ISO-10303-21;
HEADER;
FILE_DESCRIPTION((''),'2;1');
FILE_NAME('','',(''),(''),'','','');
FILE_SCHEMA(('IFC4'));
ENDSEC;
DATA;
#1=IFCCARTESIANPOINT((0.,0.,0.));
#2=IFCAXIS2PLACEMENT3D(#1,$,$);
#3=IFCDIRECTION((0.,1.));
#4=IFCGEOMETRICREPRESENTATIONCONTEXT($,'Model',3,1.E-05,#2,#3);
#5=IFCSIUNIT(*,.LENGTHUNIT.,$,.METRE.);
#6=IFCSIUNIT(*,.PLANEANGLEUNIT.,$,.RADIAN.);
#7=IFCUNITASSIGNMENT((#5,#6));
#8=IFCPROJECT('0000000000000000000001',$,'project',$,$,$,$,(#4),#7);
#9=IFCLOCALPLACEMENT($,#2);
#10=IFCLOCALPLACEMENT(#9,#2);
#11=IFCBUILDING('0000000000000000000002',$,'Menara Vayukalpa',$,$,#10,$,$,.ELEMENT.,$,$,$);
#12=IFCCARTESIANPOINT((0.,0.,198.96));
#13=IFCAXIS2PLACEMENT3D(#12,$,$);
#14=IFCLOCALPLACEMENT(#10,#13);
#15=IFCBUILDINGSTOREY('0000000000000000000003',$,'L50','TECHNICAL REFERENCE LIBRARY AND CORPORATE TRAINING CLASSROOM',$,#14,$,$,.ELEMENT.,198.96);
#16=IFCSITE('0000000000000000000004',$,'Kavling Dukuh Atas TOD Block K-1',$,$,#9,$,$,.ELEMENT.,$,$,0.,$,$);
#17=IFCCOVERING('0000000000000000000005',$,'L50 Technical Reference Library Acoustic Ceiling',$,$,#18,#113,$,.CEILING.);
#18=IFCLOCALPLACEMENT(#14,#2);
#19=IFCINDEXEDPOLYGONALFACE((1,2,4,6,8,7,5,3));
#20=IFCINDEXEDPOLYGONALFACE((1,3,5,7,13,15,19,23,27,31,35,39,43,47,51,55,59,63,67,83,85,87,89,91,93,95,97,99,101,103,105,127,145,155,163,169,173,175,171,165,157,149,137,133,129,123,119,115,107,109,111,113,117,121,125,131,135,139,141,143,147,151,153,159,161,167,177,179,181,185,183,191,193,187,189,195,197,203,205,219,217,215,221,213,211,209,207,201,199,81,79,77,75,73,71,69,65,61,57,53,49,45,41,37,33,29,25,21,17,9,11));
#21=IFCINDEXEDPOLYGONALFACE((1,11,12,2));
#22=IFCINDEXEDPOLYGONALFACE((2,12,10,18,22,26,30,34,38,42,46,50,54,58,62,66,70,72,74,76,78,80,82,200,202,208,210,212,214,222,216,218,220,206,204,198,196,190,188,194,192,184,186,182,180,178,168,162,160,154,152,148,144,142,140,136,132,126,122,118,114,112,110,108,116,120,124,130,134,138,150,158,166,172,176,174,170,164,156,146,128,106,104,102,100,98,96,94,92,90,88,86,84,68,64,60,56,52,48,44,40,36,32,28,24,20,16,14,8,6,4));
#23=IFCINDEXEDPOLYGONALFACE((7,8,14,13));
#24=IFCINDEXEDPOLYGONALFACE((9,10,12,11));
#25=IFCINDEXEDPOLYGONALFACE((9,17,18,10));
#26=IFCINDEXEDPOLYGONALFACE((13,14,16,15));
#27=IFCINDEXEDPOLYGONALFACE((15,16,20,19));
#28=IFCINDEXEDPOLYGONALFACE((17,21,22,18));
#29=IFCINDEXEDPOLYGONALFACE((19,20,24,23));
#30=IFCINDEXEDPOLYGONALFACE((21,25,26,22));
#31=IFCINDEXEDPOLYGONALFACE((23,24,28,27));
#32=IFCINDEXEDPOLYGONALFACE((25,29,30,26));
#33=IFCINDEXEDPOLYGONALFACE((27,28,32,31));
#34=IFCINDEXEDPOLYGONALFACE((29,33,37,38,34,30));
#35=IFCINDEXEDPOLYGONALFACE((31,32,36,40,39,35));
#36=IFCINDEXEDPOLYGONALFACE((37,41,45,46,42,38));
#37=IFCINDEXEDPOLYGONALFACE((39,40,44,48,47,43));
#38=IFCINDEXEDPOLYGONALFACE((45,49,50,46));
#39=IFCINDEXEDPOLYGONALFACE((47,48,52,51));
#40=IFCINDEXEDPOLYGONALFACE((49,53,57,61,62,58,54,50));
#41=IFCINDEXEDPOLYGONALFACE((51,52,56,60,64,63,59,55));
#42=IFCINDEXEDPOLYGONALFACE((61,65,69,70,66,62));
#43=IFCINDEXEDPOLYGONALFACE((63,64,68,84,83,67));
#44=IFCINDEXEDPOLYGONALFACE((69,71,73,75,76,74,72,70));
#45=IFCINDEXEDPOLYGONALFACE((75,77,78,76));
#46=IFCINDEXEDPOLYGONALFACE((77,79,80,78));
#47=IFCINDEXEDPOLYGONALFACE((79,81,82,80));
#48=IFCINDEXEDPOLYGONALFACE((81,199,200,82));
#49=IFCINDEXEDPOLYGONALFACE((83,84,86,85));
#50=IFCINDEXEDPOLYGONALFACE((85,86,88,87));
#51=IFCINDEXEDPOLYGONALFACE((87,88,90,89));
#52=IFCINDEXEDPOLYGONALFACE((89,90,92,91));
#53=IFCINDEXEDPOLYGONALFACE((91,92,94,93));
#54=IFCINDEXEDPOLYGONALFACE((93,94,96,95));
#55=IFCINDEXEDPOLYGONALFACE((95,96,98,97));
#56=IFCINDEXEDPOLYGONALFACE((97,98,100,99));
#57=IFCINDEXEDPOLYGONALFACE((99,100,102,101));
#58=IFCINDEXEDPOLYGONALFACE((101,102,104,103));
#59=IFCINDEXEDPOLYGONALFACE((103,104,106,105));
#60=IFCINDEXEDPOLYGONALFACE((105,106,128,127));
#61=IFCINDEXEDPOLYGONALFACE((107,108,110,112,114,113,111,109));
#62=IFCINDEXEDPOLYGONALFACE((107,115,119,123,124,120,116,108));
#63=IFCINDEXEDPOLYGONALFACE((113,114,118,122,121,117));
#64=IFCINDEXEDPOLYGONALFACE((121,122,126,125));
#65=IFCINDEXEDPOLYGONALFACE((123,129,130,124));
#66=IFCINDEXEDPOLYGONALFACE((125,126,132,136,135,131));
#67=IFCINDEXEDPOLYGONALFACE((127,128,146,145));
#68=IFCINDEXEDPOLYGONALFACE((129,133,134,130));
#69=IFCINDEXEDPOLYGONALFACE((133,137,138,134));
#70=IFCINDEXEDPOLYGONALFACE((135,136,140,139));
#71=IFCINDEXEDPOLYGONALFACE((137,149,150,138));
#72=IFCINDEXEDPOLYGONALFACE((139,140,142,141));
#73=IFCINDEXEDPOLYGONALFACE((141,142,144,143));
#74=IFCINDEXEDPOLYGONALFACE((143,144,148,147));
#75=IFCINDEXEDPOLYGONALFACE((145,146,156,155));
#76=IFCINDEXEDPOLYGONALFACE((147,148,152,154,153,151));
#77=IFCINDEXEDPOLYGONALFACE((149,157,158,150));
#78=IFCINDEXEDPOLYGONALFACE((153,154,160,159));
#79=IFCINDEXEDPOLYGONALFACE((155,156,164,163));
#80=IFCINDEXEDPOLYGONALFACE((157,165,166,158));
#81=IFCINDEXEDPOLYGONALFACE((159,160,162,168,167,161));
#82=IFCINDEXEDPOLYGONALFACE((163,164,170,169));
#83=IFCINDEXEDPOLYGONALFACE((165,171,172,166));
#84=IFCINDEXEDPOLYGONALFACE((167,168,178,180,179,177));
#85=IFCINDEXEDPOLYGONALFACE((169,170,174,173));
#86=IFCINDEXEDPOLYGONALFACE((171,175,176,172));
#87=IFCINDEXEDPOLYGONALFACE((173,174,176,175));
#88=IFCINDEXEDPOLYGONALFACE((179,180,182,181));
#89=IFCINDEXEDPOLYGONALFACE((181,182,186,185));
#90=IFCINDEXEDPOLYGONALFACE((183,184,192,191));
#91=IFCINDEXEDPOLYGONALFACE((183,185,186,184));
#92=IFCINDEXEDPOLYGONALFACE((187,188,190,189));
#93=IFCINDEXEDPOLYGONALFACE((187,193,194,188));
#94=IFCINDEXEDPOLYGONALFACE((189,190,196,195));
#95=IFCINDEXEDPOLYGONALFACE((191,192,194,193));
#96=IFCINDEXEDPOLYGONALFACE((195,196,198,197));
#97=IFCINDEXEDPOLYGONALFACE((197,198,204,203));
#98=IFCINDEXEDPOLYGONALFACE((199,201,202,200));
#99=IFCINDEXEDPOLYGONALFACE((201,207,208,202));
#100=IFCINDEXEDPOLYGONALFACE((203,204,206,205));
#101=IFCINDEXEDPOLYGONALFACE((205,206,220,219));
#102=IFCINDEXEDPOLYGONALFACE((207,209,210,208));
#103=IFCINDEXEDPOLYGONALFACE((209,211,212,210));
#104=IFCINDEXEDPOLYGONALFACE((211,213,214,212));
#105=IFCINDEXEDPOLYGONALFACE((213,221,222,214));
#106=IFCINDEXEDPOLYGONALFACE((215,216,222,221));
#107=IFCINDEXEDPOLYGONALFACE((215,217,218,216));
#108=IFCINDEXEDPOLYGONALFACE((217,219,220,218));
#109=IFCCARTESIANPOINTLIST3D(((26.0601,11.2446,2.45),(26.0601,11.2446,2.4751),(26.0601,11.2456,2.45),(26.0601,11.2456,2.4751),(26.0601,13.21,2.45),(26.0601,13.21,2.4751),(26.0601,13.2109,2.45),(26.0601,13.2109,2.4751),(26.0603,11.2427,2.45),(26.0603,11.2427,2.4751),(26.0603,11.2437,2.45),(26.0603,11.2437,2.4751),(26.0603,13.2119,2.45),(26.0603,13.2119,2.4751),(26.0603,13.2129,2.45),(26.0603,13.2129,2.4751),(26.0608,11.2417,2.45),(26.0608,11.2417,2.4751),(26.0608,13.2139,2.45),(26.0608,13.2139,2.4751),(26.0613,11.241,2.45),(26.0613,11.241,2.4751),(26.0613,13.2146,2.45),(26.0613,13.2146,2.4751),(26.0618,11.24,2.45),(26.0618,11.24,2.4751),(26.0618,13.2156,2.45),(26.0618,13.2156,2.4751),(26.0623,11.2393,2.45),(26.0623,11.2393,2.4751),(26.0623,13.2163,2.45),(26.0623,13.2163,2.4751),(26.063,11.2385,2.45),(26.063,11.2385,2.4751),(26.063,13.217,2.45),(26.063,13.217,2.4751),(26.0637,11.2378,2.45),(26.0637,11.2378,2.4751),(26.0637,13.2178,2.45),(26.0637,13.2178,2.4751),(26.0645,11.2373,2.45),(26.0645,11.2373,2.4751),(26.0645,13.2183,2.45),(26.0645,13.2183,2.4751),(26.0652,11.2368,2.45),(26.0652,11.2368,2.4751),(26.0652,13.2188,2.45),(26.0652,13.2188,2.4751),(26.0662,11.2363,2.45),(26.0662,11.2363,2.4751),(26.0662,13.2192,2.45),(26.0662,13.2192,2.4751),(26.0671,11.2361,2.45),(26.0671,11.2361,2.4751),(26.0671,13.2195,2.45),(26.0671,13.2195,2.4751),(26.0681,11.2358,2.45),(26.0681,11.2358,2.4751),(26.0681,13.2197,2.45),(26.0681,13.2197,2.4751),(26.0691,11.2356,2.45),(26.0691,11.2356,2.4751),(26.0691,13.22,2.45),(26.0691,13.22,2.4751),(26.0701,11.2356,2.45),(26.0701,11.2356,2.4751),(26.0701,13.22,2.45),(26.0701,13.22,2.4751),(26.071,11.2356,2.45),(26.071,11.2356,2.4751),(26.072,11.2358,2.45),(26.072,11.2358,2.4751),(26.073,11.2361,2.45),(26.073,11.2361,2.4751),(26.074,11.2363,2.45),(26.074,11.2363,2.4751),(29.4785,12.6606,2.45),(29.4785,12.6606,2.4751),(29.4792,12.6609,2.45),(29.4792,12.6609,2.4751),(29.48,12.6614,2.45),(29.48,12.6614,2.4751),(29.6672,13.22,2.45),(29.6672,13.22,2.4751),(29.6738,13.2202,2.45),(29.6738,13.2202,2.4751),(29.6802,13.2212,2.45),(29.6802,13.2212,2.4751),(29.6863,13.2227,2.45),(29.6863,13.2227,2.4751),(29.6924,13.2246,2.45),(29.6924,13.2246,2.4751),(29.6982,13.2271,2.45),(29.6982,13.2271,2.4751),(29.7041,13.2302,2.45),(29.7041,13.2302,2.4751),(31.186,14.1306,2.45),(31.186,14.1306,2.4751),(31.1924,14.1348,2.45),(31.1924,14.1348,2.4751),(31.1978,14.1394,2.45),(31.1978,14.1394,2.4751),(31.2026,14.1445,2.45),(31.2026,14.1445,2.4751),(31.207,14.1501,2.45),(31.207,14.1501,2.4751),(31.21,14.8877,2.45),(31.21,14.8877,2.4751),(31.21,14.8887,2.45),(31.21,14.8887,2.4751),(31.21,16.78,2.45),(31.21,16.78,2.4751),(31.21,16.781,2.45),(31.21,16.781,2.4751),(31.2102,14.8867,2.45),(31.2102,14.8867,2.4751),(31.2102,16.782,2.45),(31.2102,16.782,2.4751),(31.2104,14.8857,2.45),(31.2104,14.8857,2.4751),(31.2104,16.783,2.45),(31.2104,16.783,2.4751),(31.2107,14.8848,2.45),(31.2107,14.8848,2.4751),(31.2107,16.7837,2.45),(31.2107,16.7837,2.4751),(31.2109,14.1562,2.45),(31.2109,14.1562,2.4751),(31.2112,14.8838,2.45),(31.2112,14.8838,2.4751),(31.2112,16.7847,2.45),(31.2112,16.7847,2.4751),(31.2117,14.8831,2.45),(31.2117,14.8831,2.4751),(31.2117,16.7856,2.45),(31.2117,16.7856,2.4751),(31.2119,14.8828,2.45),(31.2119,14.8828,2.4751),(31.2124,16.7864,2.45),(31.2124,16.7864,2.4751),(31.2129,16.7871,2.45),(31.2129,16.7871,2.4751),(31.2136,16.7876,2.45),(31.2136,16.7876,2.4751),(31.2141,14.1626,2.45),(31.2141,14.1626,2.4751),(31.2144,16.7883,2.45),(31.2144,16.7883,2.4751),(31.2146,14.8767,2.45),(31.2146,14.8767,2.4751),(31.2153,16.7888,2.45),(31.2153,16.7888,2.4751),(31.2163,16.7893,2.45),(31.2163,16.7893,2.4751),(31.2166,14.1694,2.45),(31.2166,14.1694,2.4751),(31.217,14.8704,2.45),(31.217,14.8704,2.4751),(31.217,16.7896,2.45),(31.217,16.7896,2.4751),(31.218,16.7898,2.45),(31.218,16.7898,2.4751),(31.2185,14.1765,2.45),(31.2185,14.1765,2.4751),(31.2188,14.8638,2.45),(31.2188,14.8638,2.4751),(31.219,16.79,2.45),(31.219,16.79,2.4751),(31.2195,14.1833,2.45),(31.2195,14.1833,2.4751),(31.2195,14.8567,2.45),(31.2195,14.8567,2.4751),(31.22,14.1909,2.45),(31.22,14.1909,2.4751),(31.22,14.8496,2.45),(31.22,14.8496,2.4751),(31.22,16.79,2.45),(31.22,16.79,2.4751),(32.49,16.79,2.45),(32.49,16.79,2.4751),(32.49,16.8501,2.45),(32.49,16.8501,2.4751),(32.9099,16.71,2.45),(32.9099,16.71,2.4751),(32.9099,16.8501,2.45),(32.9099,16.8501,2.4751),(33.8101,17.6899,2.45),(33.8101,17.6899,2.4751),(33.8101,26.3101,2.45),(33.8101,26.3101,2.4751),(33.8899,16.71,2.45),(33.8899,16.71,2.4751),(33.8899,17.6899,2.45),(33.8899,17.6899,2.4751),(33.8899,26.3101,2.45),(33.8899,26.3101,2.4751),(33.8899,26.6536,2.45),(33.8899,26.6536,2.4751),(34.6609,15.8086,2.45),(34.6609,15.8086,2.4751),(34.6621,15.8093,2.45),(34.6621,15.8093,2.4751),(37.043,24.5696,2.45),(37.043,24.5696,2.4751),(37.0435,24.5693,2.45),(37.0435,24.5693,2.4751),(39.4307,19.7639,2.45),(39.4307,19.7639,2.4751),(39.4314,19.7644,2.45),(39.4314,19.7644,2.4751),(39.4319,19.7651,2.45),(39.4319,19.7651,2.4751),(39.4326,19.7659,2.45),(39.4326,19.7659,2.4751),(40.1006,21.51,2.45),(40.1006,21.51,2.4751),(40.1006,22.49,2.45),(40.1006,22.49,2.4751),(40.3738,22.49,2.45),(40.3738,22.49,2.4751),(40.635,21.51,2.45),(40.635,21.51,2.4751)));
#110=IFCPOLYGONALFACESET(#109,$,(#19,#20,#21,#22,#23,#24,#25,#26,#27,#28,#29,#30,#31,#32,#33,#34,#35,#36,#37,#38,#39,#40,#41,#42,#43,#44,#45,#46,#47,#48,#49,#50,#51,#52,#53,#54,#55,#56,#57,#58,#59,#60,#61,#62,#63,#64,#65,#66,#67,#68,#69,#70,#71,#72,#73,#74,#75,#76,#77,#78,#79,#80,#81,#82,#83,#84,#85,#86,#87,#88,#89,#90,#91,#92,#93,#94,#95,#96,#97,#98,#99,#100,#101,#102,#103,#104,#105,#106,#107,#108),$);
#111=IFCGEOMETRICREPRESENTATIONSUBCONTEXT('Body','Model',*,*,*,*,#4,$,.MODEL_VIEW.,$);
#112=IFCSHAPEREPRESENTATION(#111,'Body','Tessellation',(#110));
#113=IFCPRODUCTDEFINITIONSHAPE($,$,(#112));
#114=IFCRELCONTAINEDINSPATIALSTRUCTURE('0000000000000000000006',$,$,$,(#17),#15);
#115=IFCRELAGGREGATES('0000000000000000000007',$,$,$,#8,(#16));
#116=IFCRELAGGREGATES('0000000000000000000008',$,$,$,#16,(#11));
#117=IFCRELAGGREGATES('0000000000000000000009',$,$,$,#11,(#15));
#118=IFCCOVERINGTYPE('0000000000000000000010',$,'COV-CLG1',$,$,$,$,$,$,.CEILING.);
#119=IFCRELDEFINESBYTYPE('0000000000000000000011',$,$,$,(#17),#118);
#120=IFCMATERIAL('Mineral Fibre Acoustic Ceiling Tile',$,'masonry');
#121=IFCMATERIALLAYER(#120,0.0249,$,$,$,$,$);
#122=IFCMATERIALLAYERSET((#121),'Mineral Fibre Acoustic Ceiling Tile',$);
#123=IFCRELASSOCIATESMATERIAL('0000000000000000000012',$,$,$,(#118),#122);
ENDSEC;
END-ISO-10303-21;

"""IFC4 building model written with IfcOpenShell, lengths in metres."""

from ifc_helpers import new_model, si_unit, direction, frame, origin, place, context, subcontext, project, spatial, polyline, outline, extrude, material, layer, layer_set, type_object, element, save


model = new_model("IFC4")

# Units and contexts
model_context = context("Model", 3, precision=1e-05, world=origin(), true_north=direction((0.0, 1.0)))
body_context = subcontext(model_context, "Body", "Model", "MODEL_VIEW")
ifc_project = project(units=[si_unit("LENGTHUNIT", "METRE"), si_unit("PLANEANGLEUNIT", "RADIAN")], contexts=[model_context])

# Site, building, storey
site_placement = place(None, origin())
site = spatial("IfcSite", under=ifc_project, at=site_placement, Name="Kavling Dukuh Atas TOD Block K-1", CompositionType="ELEMENT", RefElevation=0.0)
building_placement = place(site_placement, origin())
building = spatial("IfcBuilding", under=site, at=building_placement, Name="Menara Vayukalpa", CompositionType="ELEMENT")
storey_placement = place(building_placement, frame((0.0, 0.0, 198.96)))
storey = spatial("IfcBuildingStorey", under=building, at=storey_placement, Name="L50", Description="TECHNICAL REFERENCE LIBRARY AND CORPORATE TRAINING CLASSROOM", CompositionType="ELEMENT", Elevation=198.96)

# Covering
ifc_material_1 = material(Name="Mineral Fibre Acoustic Ceiling Tile", Category="masonry")
ifc_layer_1 = layer(ifc_material_1, 0.0249)
ifc_layer_set_1 = layer_set([ifc_layer_1], Name="Mineral Fibre Acoustic Ceiling Tile")
covering_type_1 = type_object("IfcCoveringType", Name="COV-CLG1", PredefinedType="CEILING", material=ifc_layer_set_1)
covering_1_placement = place(storey_placement, frame((0.0, 0.0, 2.45)))
element("IfcCovering", 1, at=covering_1_placement, inside=storey, type_object=covering_type_1, Name="L50 Technical Reference Library Acoustic Ceiling", PredefinedType="CEILING", context=body_context, shape_type="SweptSolid", body=[
    extrude(outline(polyline([(33.8101, 26.3101), (33.8899, 26.3101), (33.8899, 26.6536), (37.043, 24.5696), (37.0435, 24.5693), (37.0435, 24.5693), (40.3738, 22.49), (40.1006, 22.49), (40.1006, 21.51), (40.635, 21.51), (39.4326, 19.7659), (39.4319, 19.7651), (39.4314, 19.7644), (39.4307, 19.7639), (34.6621, 15.8093), (34.6609, 15.8086), (29.48, 12.6614), (29.4792, 12.6609), (29.4785, 12.6606), (26.074, 11.2363), (26.073, 11.2361), (26.072, 11.2358), (26.071, 11.2356), (26.0701, 11.2356), (26.0691, 11.2356), (26.0681, 11.2358), (26.0671, 11.2361), (26.0662, 11.2363), (26.0652, 11.2368), (26.0645, 11.2373), (26.0637, 11.2378), (26.063, 11.2385), (26.0623, 11.2393), (26.0618, 11.24), (26.0613, 11.241), (26.0608, 11.2417), (26.0603, 11.2427), (26.0603, 11.2437), (26.0601, 11.2446), (26.0601, 11.2456), (26.0601, 13.21), (26.0601, 13.2109), (26.0603, 13.2119), (26.0603, 13.2129), (26.0608, 13.2139), (26.0613, 13.2146), (26.0618, 13.2156), (26.0623, 13.2163), (26.063, 13.217), (26.0637, 13.2178), (26.0645, 13.2183), (26.0652, 13.2188), (26.0662, 13.2192), (26.0671, 13.2195), (26.0681, 13.2197), (26.0691, 13.22), (26.0701, 13.22), (29.6672, 13.22), (29.6738, 13.2202), (29.6802, 13.2212), (29.6863, 13.2227), (29.6924, 13.2246), (29.6982, 13.2271), (29.7041, 13.2302), (31.186, 14.1306), (31.1924, 14.1348), (31.1978, 14.1394), (31.2026, 14.1445), (31.207, 14.1501), (31.2109, 14.1562), (31.2141, 14.1626), (31.2166, 14.1694), (31.2185, 14.1765), (31.2195, 14.1833), (31.22, 14.1909), (31.22, 14.8496), (31.2195, 14.8567), (31.2188, 14.8638), (31.217, 14.8704), (31.2146, 14.8767), (31.2119, 14.8828), (31.2117, 14.8831), (31.2112, 14.8838), (31.2107, 14.8848), (31.2104, 14.8857), (31.2102, 14.8867), (31.21, 14.8877), (31.21, 14.8887), (31.21, 16.78), (31.21, 16.781), (31.2102, 16.782), (31.2104, 16.783), (31.2107, 16.7837), (31.2112, 16.7847), (31.2117, 16.7856), (31.2124, 16.7864), (31.2129, 16.7871), (31.2136, 16.7876), (31.2144, 16.7883), (31.2153, 16.7888), (31.2163, 16.7893), (31.217, 16.7896), (31.218, 16.7898), (31.219, 16.79), (31.22, 16.79), (32.49, 16.79), (32.49, 16.8501), (32.9099, 16.8501), (32.9099, 16.71), (33.8899, 16.71), (33.8899, 17.6899), (33.8101, 17.6899), (33.8101, 26.3101)])), origin(), (0.0, 0.0, 1.0), 0.0251),
])

save(model, "model.ifc")
